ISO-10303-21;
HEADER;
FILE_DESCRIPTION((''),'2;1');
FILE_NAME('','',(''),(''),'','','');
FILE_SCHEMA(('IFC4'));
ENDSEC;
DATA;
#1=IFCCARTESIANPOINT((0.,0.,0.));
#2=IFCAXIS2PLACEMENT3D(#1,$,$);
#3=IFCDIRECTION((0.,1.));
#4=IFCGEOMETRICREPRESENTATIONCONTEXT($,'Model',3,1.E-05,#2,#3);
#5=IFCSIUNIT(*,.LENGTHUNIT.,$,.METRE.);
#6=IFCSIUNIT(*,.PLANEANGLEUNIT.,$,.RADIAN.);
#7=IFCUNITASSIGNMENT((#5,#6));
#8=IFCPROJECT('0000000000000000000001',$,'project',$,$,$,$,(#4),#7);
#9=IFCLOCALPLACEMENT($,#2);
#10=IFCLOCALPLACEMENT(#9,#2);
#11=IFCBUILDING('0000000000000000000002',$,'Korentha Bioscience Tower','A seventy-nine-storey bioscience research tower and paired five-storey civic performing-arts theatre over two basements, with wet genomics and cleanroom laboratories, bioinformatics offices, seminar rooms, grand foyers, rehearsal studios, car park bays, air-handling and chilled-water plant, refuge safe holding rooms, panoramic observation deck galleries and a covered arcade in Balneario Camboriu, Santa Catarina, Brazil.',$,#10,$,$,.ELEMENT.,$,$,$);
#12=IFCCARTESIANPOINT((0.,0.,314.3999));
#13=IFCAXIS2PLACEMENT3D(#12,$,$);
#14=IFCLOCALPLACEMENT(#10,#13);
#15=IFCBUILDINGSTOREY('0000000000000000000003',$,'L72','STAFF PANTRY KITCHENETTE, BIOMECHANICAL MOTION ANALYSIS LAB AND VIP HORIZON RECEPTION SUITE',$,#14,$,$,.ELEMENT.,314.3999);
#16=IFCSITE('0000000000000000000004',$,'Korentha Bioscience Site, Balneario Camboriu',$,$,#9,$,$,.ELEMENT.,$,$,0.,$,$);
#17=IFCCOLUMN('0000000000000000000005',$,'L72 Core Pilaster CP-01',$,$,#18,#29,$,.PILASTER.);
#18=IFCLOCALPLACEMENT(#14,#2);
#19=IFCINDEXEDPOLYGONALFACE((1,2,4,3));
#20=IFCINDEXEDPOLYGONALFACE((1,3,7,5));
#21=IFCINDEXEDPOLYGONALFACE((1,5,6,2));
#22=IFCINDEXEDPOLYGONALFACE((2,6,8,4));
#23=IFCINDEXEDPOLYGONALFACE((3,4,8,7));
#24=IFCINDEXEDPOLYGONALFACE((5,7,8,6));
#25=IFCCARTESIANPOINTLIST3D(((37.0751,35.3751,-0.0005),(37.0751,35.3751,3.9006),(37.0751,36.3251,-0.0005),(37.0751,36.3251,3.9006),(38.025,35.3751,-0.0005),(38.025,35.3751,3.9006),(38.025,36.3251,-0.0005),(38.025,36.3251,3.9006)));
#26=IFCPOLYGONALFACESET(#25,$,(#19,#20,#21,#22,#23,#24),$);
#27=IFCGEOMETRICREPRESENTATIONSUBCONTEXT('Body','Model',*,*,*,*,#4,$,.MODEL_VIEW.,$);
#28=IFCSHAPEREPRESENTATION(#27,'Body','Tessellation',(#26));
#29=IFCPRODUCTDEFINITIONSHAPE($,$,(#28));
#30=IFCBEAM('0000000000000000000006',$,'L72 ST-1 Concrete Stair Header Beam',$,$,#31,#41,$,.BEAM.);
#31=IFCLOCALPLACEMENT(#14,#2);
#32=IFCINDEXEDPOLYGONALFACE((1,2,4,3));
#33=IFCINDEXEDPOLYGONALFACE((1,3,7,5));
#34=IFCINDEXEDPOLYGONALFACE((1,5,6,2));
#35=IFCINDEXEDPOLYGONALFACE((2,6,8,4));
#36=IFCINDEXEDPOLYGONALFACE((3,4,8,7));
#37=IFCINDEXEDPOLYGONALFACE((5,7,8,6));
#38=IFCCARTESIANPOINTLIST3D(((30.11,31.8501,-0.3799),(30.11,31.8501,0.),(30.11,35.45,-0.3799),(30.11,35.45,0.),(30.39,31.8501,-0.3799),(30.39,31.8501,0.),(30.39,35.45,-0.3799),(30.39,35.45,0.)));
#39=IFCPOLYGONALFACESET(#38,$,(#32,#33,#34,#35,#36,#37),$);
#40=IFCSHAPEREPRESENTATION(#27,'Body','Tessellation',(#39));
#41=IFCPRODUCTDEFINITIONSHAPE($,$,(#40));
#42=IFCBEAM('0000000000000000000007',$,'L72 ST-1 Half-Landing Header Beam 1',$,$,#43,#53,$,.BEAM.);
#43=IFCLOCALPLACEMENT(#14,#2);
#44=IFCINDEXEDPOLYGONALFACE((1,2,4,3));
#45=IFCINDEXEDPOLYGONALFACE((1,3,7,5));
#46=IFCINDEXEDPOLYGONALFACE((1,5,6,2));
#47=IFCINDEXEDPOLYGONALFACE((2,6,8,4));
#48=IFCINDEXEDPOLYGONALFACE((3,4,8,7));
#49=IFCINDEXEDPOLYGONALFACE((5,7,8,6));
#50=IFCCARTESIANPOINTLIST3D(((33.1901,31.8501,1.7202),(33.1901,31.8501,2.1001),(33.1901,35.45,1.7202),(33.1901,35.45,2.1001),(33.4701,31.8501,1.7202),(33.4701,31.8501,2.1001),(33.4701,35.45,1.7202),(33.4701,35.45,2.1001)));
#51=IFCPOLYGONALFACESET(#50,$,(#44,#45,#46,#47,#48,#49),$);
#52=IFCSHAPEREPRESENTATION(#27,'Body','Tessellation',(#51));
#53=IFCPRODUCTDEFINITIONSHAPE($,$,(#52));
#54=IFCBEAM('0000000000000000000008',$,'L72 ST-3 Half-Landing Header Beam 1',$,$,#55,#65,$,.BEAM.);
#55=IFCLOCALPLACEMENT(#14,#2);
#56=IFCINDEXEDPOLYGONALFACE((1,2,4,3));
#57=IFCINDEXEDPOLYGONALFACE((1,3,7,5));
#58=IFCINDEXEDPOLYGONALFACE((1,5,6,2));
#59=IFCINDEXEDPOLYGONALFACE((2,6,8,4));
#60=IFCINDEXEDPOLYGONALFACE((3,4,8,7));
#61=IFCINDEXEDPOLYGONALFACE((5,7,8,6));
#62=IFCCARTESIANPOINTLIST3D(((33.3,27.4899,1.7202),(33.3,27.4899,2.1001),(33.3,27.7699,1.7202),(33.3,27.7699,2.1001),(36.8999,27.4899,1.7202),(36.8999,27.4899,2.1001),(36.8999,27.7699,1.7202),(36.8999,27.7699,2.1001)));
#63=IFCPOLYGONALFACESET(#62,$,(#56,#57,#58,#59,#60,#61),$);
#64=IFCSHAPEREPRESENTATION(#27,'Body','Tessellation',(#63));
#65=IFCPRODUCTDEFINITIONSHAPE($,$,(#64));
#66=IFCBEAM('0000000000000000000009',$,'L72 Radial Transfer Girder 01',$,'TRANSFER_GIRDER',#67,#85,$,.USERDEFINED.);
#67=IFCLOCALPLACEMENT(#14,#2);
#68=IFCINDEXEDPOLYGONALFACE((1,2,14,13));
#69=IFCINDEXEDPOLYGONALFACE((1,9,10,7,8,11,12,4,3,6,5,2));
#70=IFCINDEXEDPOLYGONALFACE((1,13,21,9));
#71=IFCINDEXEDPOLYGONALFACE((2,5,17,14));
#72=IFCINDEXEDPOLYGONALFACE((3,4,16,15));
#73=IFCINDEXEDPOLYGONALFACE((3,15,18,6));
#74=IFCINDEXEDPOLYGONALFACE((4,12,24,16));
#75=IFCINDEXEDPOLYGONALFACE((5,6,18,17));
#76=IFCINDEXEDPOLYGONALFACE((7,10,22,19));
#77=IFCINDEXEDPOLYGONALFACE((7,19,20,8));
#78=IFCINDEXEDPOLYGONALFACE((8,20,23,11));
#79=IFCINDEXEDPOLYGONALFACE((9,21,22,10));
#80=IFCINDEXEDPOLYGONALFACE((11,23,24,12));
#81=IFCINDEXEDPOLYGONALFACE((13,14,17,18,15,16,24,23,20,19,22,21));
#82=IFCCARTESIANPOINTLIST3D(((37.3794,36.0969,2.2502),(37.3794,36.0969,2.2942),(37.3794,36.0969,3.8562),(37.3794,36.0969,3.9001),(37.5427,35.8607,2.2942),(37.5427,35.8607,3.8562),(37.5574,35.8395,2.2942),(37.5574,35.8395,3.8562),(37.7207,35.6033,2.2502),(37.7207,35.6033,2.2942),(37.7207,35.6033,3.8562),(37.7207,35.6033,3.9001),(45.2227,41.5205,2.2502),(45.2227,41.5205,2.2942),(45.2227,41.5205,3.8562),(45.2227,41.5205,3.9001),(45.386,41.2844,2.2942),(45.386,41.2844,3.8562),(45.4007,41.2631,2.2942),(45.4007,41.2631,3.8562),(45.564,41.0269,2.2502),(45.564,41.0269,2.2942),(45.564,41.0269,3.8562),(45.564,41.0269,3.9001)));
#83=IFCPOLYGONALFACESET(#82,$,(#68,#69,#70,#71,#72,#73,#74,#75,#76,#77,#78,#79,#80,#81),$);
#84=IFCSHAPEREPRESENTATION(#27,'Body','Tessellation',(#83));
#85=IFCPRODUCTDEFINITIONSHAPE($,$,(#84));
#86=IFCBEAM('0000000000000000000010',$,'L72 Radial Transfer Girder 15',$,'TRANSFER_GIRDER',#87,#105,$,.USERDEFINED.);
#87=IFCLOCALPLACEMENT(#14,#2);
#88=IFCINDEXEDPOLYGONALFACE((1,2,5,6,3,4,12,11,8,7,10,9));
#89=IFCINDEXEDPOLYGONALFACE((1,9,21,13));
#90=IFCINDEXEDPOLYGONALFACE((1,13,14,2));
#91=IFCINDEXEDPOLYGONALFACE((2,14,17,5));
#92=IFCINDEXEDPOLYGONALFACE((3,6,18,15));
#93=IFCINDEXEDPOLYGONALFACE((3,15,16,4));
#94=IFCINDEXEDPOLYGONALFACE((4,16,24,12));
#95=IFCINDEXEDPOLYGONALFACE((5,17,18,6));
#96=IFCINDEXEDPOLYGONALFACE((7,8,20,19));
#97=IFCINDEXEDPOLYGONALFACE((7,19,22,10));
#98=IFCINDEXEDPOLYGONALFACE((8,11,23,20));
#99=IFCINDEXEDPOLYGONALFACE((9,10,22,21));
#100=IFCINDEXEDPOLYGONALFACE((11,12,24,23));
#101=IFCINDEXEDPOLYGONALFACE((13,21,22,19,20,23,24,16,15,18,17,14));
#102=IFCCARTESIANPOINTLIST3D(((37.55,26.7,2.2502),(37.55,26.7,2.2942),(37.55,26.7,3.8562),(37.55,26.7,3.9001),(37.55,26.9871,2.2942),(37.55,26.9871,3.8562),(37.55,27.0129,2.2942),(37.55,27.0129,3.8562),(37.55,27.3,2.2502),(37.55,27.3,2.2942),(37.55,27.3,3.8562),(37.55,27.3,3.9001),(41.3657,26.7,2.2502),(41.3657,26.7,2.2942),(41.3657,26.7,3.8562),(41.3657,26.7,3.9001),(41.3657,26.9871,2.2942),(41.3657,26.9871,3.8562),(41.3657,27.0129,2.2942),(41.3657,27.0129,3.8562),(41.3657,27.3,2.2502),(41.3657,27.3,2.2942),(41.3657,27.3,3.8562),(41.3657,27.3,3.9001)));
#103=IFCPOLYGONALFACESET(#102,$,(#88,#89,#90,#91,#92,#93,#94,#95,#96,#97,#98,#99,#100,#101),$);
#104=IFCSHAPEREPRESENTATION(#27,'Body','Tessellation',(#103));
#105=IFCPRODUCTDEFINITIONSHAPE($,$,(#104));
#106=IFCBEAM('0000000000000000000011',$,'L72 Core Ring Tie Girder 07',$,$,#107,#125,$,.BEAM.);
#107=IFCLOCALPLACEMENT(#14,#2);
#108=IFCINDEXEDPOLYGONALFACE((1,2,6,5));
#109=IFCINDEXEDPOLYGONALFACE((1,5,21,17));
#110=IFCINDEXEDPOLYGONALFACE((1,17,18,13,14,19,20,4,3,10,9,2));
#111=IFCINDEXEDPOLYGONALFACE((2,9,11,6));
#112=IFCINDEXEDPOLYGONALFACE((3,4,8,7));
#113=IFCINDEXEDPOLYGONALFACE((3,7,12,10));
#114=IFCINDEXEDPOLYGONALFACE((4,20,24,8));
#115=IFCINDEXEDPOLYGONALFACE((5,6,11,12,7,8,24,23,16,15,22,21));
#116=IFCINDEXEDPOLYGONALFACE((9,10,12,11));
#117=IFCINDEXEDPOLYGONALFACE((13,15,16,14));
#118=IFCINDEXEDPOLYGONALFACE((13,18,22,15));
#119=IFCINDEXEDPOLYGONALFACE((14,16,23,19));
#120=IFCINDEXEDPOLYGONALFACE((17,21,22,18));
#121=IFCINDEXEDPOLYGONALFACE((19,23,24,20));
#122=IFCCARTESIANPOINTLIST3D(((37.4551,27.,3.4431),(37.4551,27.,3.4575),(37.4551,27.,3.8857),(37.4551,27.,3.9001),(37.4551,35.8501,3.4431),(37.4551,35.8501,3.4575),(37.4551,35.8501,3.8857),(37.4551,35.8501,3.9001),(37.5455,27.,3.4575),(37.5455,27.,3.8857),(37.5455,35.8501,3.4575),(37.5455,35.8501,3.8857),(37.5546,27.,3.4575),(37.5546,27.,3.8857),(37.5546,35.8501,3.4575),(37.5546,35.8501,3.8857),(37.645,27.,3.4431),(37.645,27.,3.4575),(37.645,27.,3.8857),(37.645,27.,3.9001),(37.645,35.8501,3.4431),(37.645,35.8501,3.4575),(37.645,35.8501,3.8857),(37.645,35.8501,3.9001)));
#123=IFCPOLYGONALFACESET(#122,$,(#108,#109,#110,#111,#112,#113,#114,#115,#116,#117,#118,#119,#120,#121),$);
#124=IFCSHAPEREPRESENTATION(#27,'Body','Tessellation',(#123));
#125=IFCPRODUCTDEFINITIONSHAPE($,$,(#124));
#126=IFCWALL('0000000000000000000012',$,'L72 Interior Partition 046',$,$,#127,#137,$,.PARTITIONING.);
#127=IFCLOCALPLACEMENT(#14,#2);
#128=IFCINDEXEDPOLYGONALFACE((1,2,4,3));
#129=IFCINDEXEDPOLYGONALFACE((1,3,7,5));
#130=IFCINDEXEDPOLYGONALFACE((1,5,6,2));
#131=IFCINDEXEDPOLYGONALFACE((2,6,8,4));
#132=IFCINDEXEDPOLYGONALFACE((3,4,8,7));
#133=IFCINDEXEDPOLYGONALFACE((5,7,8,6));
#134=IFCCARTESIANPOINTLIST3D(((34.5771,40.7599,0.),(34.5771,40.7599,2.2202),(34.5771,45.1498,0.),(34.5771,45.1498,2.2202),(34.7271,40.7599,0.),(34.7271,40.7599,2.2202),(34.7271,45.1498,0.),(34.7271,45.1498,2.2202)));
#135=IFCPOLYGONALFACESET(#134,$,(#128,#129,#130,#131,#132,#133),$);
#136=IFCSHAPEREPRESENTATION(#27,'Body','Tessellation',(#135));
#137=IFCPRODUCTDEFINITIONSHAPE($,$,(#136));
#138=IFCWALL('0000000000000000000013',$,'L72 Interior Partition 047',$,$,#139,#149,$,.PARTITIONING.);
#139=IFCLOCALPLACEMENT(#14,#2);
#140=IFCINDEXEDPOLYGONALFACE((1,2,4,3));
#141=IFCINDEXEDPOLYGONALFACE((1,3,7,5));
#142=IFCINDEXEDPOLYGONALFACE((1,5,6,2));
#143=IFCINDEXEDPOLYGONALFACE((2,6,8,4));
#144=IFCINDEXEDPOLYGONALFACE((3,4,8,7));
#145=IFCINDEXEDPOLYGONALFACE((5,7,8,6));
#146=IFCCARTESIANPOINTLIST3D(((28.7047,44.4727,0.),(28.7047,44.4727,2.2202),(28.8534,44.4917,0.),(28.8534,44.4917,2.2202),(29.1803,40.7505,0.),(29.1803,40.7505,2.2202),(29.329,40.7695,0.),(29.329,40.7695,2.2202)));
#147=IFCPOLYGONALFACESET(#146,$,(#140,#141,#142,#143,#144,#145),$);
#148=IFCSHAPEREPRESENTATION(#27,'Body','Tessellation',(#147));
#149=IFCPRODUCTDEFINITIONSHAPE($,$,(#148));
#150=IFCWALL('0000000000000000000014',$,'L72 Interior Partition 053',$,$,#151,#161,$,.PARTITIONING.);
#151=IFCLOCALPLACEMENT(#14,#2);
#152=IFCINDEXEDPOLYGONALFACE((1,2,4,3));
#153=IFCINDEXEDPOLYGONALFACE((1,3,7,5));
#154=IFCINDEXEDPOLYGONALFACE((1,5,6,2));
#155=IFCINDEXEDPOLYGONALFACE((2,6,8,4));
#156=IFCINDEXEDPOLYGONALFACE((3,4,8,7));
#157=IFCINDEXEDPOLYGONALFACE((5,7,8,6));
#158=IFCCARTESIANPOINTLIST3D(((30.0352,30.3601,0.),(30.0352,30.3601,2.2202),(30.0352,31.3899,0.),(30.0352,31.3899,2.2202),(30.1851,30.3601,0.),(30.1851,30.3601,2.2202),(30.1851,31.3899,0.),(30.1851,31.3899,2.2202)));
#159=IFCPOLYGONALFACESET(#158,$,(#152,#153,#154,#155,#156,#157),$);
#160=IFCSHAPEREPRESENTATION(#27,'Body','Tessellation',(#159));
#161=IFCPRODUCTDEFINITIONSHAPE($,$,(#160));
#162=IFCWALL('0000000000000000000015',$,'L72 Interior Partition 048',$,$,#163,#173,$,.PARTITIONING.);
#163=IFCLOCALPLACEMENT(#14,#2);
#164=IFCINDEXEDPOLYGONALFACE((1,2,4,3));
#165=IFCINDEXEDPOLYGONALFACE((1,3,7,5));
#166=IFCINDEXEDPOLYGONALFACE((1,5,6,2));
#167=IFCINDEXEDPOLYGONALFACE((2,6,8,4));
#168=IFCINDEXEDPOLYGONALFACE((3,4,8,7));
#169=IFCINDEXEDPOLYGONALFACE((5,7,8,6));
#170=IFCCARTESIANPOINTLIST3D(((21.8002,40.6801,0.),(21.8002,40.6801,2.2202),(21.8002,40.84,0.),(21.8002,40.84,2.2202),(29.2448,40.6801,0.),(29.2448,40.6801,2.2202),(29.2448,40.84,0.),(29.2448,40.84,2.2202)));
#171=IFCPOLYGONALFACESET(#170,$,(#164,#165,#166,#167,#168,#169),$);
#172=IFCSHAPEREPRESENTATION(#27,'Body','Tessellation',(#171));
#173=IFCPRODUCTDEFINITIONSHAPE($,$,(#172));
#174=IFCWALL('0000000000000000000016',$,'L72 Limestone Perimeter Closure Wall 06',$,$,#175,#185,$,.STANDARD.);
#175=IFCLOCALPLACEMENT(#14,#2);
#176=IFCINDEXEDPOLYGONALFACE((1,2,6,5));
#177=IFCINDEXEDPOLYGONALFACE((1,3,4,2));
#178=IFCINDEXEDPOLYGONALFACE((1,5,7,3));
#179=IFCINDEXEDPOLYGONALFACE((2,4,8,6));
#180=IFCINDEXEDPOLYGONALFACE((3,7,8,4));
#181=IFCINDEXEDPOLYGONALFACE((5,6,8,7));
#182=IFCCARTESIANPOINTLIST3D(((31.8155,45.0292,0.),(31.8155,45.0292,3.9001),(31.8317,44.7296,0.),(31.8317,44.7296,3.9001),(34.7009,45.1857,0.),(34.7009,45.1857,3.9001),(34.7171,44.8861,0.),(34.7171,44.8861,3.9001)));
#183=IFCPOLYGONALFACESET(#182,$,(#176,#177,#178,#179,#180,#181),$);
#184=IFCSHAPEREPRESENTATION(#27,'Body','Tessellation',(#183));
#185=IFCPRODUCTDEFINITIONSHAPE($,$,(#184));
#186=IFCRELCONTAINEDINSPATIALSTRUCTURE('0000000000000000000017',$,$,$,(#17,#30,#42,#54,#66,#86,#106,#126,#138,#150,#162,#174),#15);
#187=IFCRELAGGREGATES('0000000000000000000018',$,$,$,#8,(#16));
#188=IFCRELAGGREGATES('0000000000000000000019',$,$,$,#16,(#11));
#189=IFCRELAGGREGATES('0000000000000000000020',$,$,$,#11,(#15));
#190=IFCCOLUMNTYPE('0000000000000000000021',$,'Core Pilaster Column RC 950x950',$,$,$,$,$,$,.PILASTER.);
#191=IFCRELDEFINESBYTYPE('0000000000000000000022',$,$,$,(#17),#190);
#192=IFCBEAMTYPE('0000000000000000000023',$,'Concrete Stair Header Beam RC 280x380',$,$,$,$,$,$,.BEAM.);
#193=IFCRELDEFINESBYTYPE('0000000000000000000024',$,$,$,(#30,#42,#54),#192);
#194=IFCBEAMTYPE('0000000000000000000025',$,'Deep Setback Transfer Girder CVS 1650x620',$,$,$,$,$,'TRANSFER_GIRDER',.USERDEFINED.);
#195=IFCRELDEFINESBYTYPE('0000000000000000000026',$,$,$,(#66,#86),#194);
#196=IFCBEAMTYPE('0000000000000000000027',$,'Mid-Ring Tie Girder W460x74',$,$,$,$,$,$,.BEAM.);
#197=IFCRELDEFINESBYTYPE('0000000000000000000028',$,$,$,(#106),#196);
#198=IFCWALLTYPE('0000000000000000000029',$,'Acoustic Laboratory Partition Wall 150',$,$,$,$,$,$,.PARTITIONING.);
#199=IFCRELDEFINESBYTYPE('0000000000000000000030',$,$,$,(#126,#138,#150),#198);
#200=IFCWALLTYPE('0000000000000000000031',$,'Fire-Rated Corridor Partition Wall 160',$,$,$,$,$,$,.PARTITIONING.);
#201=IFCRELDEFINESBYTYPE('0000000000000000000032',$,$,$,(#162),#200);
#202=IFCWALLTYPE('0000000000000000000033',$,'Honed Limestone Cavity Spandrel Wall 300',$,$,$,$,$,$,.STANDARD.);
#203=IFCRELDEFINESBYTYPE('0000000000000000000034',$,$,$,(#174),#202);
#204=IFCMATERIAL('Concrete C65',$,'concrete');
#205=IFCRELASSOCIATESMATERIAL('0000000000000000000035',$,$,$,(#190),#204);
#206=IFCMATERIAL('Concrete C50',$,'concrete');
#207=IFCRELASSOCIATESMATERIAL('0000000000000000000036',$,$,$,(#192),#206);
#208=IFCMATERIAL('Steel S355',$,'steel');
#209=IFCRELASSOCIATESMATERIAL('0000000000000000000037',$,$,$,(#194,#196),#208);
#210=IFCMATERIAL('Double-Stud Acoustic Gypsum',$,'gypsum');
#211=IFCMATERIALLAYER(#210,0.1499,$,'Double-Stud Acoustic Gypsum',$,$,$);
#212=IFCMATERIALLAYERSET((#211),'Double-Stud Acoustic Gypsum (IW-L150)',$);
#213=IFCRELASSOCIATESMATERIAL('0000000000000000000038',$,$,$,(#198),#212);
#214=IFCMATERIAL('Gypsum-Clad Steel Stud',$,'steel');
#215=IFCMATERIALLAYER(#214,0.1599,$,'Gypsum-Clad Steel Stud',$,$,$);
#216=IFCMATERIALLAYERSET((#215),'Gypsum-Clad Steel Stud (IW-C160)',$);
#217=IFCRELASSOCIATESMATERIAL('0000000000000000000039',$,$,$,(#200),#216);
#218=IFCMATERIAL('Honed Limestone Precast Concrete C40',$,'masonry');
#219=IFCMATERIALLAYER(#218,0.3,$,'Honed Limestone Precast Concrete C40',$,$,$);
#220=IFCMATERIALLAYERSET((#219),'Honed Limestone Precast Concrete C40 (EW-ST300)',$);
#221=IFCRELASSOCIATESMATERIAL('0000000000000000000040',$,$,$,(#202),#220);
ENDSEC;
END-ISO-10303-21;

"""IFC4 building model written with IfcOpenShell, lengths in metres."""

from ifc_helpers import new_model, si_unit, direction, frame, frame_2d, origin, origin_2d, place, context, subcontext, project, spatial, rectangle, i_section, extrude, material, layer, layer_set, material_profile, profile_set, type_object, element, save


model = new_model("IFC4")

# Units and contexts
model_context = context("Model", 3, precision=1e-05, world=origin(), true_north=direction((0.0, 1.0)))
body_context = subcontext(model_context, "Body", "Model", "MODEL_VIEW")
ifc_project = project(units=[si_unit("LENGTHUNIT", "METRE"), si_unit("PLANEANGLEUNIT", "RADIAN")], contexts=[model_context])

# Site, building, storey
site_placement = place(None, origin())
site = spatial("IfcSite", under=ifc_project, at=site_placement, Name="Korentha Bioscience Site, Balneario Camboriu", CompositionType="ELEMENT", RefElevation=0.0)
building_placement = place(site_placement, origin())
building = spatial("IfcBuilding", under=site, at=building_placement, Name="Korentha Bioscience Tower", Description="A seventy-nine-storey bioscience research tower and paired five-storey civic performing-arts theatre over two basements, with wet genomics and cleanroom laboratories, bioinformatics offices, seminar rooms, grand foyers, rehearsal studios, car park bays, air-handling and chilled-water plant, refuge safe holding rooms, panoramic observation deck galleries and a covered arcade in Balneario Camboriu, Santa Catarina, Brazil.", CompositionType="ELEMENT")
storey_placement = place(building_placement, frame((0.0, 0.0, 314.3999)))
storey = spatial("IfcBuildingStorey", under=building, at=storey_placement, Name="L72", Description="STAFF PANTRY KITCHENETTE, BIOMECHANICAL MOTION ANALYSIS LAB AND VIP HORIZON RECEPTION SUITE", CompositionType="ELEMENT", Elevation=314.3999)

# Column
ifc_material_1 = material(Name="Concrete C65", Category="concrete")
ifc_material_profile_1 = material_profile(ifc_material_1, rectangle(XDim=0.95, YDim=0.95, at=origin_2d()), Name="Concrete C65")
ifc_profile_set_1 = profile_set([ifc_material_profile_1], Name="Concrete C65 (COL-CP09)")
column_type = type_object("IfcColumnType", Name="Core Pilaster Column RC 950x950", PredefinedType="PILASTER", material=ifc_profile_set_1)
column_placement = place(storey_placement, frame((37.55, 35.8501, -0.0005), z_axis=(0.0, 0.0, 1.0), x_axis=(1.0, 0.0, 0.0)))
element("IfcColumn", 1, at=column_placement, inside=storey, type_object=column_type, Name="L72 Core Pilaster CP-01", PredefinedType="PILASTER", context=body_context, shape_type="SweptSolid", body=[
    extrude(rectangle(XDim=0.95, YDim=0.95, at=origin_2d()), origin(), (0.0, 0.0, 1.0), 3.9011),
])

# Beams
ifc_material_2 = material(Name="Concrete C50", Category="concrete")
ifc_material_profile_2 = material_profile(ifc_material_2, rectangle(XDim=0.28, YDim=0.3799, at=origin_2d()), Name="Concrete C50")
ifc_profile_set_2 = profile_set([ifc_material_profile_2], Name="Concrete C50 (ST-HB380)")
beam_type_1 = type_object("IfcBeamType", Name="Concrete Stair Header Beam RC 280x380", PredefinedType="BEAM", material=ifc_profile_set_2)
for number, where, z_axis, x_axis, name in (
    (2, (30.25, 31.8501, -0.1899), (0.0, 1.0, 0.0), (-1.0, 0.0, 0.0), "L72 ST-1 Concrete Stair Header Beam"),
    (3, (33.3301, 31.8501, 1.9102), (0.0, 1.0, 0.0), (-1.0, 0.0, 0.0), "L72 ST-1 Half-Landing Header Beam 1"),
    (4, (36.8999, 27.6299, 1.9102), (-1.0, 0.0, 0.0), (0.0, -1.0, 0.0), "L72 ST-3 Half-Landing Header Beam 1"),
):
    element("IfcBeam", number, at=place(storey_placement, frame(where, z_axis=z_axis, x_axis=x_axis)), inside=storey, type_object=beam_type_1, Name=name, PredefinedType="BEAM", context=body_context, shape_type="SweptSolid", body=[
        extrude(rectangle(XDim=0.28, YDim=0.3799, at=origin_2d()), origin(), (0.0, 0.0, 1.0), 3.5999),
    ])
ifc_material_3 = material(Name="Steel S355", Category="steel")
ifc_material_profile_3 = material_profile(ifc_material_3, i_section(OverallWidth=0.6001, OverallDepth=1.6499, WebThickness=0.0259, FlangeThickness=0.0439, at=origin_2d()), Name="Steel S355")
ifc_profile_set_3 = profile_set([ifc_material_profile_3], Name="Steel S355 (TG-04)")
beam_type_2 = type_object("IfcBeamType", Name="Deep Setback Transfer Girder CVS 1650x620", ElementType="TRANSFER_GIRDER", PredefinedType="USERDEFINED", material=ifc_profile_set_3)
beam_1_placement = place(storey_placement, frame((37.55, 35.8501, 3.0752), z_axis=(0.822505, 0.568759, 0.0), x_axis=(-0.568759, 0.822505, 0.0)))
element("IfcBeam", 5, at=beam_1_placement, inside=storey, type_object=beam_type_2, Name="L72 Radial Transfer Girder 01", ObjectType="TRANSFER_GIRDER", PredefinedType="USERDEFINED", context=body_context, shape_type="SweptSolid", body=[
    extrude(i_section(OverallWidth=0.6001, OverallDepth=1.6499, WebThickness=0.0259, FlangeThickness=0.0439, at=origin_2d()), origin(), (0.0, 0.0, 1.0), 9.5359),
])
beam_2_placement = place(storey_placement, frame((37.55, 27.0, 3.0752), z_axis=(1.0, 0.0, 0.0), x_axis=(0.0, 1.0, 0.0)))
element("IfcBeam", 6, at=beam_2_placement, inside=storey, type_object=beam_type_2, Name="L72 Radial Transfer Girder 15", ObjectType="TRANSFER_GIRDER", PredefinedType="USERDEFINED", context=body_context, shape_type="SweptSolid", body=[
    extrude(i_section(OverallWidth=0.6001, OverallDepth=1.6499, WebThickness=0.0259, FlangeThickness=0.0439, at=origin_2d()), origin(), (0.0, 0.0, 1.0), 3.8157),
])
ifc_material_profile_4 = material_profile(ifc_material_3, i_section(OverallWidth=0.1899, OverallDepth=0.457, WebThickness=0.009, FlangeThickness=0.0144, at=origin_2d()), Name="Steel S355")
ifc_profile_set_4 = profile_set([ifc_material_profile_4], Name="Steel S355 (MB-460)")
beam_type_3 = type_object("IfcBeamType", Name="Mid-Ring Tie Girder W460x74", PredefinedType="BEAM", material=ifc_profile_set_4)
beam_3_placement = place(storey_placement, frame((37.55, 27.0, 3.6716), z_axis=(0.0, 1.0, 0.0), x_axis=(-1.0, 0.0, 0.0)))
element("IfcBeam", 7, at=beam_3_placement, inside=storey, type_object=beam_type_3, Name="L72 Core Ring Tie Girder 07", PredefinedType="BEAM", context=body_context, shape_type="SweptSolid", body=[
    extrude(i_section(OverallWidth=0.1899, OverallDepth=0.457, WebThickness=0.009, FlangeThickness=0.0144, at=origin_2d()), origin(), (0.0, 0.0, 1.0), 8.8501),
])

# Shared definitions
ifc_material_4 = material(Name="Double-Stud Acoustic Gypsum", Category="gypsum")
ifc_layer_1 = layer(ifc_material_4, 0.1499, Name="Double-Stud Acoustic Gypsum")
ifc_layer_set_1 = layer_set([ifc_layer_1], Name="Double-Stud Acoustic Gypsum (IW-L150)")
wall_type_1 = type_object("IfcWallType", Name="Acoustic Laboratory Partition Wall 150", PredefinedType="PARTITIONING", material=ifc_layer_set_1)

# Walls
wall_1_placement = place(storey_placement, frame((34.6521, 40.76, 0.0), z_axis=(0.0, 0.0, 1.0), x_axis=(0.0, 1.0, 0.0)))
element("IfcWall", 8, at=wall_1_placement, inside=storey, type_object=wall_type_1, Name="L72 Interior Partition 046", PredefinedType="PARTITIONING", context=body_context, shape_type="SweptSolid", body=[
    extrude(rectangle(XDim=4.3899, YDim=0.1499, at=frame_2d((2.1948, 0.0))), origin(), (0.0, 0.0, 1.0), 2.2202),
])
wall_2_placement = place(storey_placement, frame((29.2546, 40.76, 0.0), z_axis=(0.0, 0.0, 1.0), x_axis=(-0.126741, 0.991936, 0.0)))
element("IfcWall", 9, at=wall_2_placement, inside=storey, type_object=wall_type_1, Name="L72 Interior Partition 047", PredefinedType="PARTITIONING", context=body_context, shape_type="SweptSolid", body=[
    extrude(rectangle(XDim=3.7524, YDim=0.1499, at=frame_2d((1.8762, 0.0))), origin(), (0.0, 0.0, 1.0), 2.2202),
])
wall_3_placement = place(storey_placement, frame((30.1101, 31.3899, 0.0), z_axis=(0.0, 0.0, 1.0), x_axis=(0.0, -1.0, 0.0)))
element("IfcWall", 10, at=wall_3_placement, inside=storey, type_object=wall_type_1, Name="L72 Interior Partition 053", PredefinedType="PARTITIONING", context=body_context, shape_type="SweptSolid", body=[
    extrude(rectangle(XDim=1.0298, YDim=0.1499, at=frame_2d((0.5149, 0.0))), origin(), (0.0, 0.0, 1.0), 2.2202),
])
ifc_material_5 = material(Name="Gypsum-Clad Steel Stud", Category="steel")
ifc_layer_2 = layer(ifc_material_5, 0.1599, Name="Gypsum-Clad Steel Stud")
ifc_layer_set_2 = layer_set([ifc_layer_2], Name="Gypsum-Clad Steel Stud (IW-C160)")
wall_type_2 = type_object("IfcWallType", Name="Fire-Rated Corridor Partition Wall 160", PredefinedType="PARTITIONING", material=ifc_layer_set_2)
wall_4_placement = place(storey_placement, frame((29.2446, 40.76, 0.0), z_axis=(0.0, 0.0, 1.0), x_axis=(-1.0, 0.0, 0.0)))
element("IfcWall", 11, at=wall_4_placement, inside=storey, type_object=wall_type_2, Name="L72 Interior Partition 048", PredefinedType="PARTITIONING", context=body_context, shape_type="SweptSolid", body=[
    extrude(rectangle(XDim=7.4446, YDim=0.1599, at=frame_2d((3.7222, 0.0))), origin(), (0.0, 0.0, 1.0), 2.2202),
])

# Shared definitions
ifc_material_6 = material(Name="Honed Limestone Precast Concrete C40", Category="masonry")
ifc_layer_3 = layer(ifc_material_6, 0.3, Name="Honed Limestone Precast Concrete C40")
ifc_layer_set_3 = layer_set([ifc_layer_3], Name="Honed Limestone Precast Concrete C40 (EW-ST300)")
wall_type_3 = type_object("IfcWallType", Name="Honed Limestone Cavity Spandrel Wall 300", PredefinedType="STANDARD", material=ifc_layer_set_3)

# Wall
wall_5_placement = place(storey_placement, frame((34.709, 45.0359, 0.0), z_axis=(0.0, 0.0, 1.0), x_axis=(-0.998533, -0.054155, 0.0)))
element("IfcWall", 12, at=wall_5_placement, inside=storey, type_object=wall_type_3, Name="L72 Limestone Perimeter Closure Wall 06", PredefinedType="STANDARD", context=body_context, shape_type="SweptSolid", body=[
    extrude(rectangle(XDim=2.8896, YDim=0.3, at=frame_2d((1.4448, 0.0))), origin(), (0.0, 0.0, 1.0), 3.9001),
])

save(model, "model.ifc")
